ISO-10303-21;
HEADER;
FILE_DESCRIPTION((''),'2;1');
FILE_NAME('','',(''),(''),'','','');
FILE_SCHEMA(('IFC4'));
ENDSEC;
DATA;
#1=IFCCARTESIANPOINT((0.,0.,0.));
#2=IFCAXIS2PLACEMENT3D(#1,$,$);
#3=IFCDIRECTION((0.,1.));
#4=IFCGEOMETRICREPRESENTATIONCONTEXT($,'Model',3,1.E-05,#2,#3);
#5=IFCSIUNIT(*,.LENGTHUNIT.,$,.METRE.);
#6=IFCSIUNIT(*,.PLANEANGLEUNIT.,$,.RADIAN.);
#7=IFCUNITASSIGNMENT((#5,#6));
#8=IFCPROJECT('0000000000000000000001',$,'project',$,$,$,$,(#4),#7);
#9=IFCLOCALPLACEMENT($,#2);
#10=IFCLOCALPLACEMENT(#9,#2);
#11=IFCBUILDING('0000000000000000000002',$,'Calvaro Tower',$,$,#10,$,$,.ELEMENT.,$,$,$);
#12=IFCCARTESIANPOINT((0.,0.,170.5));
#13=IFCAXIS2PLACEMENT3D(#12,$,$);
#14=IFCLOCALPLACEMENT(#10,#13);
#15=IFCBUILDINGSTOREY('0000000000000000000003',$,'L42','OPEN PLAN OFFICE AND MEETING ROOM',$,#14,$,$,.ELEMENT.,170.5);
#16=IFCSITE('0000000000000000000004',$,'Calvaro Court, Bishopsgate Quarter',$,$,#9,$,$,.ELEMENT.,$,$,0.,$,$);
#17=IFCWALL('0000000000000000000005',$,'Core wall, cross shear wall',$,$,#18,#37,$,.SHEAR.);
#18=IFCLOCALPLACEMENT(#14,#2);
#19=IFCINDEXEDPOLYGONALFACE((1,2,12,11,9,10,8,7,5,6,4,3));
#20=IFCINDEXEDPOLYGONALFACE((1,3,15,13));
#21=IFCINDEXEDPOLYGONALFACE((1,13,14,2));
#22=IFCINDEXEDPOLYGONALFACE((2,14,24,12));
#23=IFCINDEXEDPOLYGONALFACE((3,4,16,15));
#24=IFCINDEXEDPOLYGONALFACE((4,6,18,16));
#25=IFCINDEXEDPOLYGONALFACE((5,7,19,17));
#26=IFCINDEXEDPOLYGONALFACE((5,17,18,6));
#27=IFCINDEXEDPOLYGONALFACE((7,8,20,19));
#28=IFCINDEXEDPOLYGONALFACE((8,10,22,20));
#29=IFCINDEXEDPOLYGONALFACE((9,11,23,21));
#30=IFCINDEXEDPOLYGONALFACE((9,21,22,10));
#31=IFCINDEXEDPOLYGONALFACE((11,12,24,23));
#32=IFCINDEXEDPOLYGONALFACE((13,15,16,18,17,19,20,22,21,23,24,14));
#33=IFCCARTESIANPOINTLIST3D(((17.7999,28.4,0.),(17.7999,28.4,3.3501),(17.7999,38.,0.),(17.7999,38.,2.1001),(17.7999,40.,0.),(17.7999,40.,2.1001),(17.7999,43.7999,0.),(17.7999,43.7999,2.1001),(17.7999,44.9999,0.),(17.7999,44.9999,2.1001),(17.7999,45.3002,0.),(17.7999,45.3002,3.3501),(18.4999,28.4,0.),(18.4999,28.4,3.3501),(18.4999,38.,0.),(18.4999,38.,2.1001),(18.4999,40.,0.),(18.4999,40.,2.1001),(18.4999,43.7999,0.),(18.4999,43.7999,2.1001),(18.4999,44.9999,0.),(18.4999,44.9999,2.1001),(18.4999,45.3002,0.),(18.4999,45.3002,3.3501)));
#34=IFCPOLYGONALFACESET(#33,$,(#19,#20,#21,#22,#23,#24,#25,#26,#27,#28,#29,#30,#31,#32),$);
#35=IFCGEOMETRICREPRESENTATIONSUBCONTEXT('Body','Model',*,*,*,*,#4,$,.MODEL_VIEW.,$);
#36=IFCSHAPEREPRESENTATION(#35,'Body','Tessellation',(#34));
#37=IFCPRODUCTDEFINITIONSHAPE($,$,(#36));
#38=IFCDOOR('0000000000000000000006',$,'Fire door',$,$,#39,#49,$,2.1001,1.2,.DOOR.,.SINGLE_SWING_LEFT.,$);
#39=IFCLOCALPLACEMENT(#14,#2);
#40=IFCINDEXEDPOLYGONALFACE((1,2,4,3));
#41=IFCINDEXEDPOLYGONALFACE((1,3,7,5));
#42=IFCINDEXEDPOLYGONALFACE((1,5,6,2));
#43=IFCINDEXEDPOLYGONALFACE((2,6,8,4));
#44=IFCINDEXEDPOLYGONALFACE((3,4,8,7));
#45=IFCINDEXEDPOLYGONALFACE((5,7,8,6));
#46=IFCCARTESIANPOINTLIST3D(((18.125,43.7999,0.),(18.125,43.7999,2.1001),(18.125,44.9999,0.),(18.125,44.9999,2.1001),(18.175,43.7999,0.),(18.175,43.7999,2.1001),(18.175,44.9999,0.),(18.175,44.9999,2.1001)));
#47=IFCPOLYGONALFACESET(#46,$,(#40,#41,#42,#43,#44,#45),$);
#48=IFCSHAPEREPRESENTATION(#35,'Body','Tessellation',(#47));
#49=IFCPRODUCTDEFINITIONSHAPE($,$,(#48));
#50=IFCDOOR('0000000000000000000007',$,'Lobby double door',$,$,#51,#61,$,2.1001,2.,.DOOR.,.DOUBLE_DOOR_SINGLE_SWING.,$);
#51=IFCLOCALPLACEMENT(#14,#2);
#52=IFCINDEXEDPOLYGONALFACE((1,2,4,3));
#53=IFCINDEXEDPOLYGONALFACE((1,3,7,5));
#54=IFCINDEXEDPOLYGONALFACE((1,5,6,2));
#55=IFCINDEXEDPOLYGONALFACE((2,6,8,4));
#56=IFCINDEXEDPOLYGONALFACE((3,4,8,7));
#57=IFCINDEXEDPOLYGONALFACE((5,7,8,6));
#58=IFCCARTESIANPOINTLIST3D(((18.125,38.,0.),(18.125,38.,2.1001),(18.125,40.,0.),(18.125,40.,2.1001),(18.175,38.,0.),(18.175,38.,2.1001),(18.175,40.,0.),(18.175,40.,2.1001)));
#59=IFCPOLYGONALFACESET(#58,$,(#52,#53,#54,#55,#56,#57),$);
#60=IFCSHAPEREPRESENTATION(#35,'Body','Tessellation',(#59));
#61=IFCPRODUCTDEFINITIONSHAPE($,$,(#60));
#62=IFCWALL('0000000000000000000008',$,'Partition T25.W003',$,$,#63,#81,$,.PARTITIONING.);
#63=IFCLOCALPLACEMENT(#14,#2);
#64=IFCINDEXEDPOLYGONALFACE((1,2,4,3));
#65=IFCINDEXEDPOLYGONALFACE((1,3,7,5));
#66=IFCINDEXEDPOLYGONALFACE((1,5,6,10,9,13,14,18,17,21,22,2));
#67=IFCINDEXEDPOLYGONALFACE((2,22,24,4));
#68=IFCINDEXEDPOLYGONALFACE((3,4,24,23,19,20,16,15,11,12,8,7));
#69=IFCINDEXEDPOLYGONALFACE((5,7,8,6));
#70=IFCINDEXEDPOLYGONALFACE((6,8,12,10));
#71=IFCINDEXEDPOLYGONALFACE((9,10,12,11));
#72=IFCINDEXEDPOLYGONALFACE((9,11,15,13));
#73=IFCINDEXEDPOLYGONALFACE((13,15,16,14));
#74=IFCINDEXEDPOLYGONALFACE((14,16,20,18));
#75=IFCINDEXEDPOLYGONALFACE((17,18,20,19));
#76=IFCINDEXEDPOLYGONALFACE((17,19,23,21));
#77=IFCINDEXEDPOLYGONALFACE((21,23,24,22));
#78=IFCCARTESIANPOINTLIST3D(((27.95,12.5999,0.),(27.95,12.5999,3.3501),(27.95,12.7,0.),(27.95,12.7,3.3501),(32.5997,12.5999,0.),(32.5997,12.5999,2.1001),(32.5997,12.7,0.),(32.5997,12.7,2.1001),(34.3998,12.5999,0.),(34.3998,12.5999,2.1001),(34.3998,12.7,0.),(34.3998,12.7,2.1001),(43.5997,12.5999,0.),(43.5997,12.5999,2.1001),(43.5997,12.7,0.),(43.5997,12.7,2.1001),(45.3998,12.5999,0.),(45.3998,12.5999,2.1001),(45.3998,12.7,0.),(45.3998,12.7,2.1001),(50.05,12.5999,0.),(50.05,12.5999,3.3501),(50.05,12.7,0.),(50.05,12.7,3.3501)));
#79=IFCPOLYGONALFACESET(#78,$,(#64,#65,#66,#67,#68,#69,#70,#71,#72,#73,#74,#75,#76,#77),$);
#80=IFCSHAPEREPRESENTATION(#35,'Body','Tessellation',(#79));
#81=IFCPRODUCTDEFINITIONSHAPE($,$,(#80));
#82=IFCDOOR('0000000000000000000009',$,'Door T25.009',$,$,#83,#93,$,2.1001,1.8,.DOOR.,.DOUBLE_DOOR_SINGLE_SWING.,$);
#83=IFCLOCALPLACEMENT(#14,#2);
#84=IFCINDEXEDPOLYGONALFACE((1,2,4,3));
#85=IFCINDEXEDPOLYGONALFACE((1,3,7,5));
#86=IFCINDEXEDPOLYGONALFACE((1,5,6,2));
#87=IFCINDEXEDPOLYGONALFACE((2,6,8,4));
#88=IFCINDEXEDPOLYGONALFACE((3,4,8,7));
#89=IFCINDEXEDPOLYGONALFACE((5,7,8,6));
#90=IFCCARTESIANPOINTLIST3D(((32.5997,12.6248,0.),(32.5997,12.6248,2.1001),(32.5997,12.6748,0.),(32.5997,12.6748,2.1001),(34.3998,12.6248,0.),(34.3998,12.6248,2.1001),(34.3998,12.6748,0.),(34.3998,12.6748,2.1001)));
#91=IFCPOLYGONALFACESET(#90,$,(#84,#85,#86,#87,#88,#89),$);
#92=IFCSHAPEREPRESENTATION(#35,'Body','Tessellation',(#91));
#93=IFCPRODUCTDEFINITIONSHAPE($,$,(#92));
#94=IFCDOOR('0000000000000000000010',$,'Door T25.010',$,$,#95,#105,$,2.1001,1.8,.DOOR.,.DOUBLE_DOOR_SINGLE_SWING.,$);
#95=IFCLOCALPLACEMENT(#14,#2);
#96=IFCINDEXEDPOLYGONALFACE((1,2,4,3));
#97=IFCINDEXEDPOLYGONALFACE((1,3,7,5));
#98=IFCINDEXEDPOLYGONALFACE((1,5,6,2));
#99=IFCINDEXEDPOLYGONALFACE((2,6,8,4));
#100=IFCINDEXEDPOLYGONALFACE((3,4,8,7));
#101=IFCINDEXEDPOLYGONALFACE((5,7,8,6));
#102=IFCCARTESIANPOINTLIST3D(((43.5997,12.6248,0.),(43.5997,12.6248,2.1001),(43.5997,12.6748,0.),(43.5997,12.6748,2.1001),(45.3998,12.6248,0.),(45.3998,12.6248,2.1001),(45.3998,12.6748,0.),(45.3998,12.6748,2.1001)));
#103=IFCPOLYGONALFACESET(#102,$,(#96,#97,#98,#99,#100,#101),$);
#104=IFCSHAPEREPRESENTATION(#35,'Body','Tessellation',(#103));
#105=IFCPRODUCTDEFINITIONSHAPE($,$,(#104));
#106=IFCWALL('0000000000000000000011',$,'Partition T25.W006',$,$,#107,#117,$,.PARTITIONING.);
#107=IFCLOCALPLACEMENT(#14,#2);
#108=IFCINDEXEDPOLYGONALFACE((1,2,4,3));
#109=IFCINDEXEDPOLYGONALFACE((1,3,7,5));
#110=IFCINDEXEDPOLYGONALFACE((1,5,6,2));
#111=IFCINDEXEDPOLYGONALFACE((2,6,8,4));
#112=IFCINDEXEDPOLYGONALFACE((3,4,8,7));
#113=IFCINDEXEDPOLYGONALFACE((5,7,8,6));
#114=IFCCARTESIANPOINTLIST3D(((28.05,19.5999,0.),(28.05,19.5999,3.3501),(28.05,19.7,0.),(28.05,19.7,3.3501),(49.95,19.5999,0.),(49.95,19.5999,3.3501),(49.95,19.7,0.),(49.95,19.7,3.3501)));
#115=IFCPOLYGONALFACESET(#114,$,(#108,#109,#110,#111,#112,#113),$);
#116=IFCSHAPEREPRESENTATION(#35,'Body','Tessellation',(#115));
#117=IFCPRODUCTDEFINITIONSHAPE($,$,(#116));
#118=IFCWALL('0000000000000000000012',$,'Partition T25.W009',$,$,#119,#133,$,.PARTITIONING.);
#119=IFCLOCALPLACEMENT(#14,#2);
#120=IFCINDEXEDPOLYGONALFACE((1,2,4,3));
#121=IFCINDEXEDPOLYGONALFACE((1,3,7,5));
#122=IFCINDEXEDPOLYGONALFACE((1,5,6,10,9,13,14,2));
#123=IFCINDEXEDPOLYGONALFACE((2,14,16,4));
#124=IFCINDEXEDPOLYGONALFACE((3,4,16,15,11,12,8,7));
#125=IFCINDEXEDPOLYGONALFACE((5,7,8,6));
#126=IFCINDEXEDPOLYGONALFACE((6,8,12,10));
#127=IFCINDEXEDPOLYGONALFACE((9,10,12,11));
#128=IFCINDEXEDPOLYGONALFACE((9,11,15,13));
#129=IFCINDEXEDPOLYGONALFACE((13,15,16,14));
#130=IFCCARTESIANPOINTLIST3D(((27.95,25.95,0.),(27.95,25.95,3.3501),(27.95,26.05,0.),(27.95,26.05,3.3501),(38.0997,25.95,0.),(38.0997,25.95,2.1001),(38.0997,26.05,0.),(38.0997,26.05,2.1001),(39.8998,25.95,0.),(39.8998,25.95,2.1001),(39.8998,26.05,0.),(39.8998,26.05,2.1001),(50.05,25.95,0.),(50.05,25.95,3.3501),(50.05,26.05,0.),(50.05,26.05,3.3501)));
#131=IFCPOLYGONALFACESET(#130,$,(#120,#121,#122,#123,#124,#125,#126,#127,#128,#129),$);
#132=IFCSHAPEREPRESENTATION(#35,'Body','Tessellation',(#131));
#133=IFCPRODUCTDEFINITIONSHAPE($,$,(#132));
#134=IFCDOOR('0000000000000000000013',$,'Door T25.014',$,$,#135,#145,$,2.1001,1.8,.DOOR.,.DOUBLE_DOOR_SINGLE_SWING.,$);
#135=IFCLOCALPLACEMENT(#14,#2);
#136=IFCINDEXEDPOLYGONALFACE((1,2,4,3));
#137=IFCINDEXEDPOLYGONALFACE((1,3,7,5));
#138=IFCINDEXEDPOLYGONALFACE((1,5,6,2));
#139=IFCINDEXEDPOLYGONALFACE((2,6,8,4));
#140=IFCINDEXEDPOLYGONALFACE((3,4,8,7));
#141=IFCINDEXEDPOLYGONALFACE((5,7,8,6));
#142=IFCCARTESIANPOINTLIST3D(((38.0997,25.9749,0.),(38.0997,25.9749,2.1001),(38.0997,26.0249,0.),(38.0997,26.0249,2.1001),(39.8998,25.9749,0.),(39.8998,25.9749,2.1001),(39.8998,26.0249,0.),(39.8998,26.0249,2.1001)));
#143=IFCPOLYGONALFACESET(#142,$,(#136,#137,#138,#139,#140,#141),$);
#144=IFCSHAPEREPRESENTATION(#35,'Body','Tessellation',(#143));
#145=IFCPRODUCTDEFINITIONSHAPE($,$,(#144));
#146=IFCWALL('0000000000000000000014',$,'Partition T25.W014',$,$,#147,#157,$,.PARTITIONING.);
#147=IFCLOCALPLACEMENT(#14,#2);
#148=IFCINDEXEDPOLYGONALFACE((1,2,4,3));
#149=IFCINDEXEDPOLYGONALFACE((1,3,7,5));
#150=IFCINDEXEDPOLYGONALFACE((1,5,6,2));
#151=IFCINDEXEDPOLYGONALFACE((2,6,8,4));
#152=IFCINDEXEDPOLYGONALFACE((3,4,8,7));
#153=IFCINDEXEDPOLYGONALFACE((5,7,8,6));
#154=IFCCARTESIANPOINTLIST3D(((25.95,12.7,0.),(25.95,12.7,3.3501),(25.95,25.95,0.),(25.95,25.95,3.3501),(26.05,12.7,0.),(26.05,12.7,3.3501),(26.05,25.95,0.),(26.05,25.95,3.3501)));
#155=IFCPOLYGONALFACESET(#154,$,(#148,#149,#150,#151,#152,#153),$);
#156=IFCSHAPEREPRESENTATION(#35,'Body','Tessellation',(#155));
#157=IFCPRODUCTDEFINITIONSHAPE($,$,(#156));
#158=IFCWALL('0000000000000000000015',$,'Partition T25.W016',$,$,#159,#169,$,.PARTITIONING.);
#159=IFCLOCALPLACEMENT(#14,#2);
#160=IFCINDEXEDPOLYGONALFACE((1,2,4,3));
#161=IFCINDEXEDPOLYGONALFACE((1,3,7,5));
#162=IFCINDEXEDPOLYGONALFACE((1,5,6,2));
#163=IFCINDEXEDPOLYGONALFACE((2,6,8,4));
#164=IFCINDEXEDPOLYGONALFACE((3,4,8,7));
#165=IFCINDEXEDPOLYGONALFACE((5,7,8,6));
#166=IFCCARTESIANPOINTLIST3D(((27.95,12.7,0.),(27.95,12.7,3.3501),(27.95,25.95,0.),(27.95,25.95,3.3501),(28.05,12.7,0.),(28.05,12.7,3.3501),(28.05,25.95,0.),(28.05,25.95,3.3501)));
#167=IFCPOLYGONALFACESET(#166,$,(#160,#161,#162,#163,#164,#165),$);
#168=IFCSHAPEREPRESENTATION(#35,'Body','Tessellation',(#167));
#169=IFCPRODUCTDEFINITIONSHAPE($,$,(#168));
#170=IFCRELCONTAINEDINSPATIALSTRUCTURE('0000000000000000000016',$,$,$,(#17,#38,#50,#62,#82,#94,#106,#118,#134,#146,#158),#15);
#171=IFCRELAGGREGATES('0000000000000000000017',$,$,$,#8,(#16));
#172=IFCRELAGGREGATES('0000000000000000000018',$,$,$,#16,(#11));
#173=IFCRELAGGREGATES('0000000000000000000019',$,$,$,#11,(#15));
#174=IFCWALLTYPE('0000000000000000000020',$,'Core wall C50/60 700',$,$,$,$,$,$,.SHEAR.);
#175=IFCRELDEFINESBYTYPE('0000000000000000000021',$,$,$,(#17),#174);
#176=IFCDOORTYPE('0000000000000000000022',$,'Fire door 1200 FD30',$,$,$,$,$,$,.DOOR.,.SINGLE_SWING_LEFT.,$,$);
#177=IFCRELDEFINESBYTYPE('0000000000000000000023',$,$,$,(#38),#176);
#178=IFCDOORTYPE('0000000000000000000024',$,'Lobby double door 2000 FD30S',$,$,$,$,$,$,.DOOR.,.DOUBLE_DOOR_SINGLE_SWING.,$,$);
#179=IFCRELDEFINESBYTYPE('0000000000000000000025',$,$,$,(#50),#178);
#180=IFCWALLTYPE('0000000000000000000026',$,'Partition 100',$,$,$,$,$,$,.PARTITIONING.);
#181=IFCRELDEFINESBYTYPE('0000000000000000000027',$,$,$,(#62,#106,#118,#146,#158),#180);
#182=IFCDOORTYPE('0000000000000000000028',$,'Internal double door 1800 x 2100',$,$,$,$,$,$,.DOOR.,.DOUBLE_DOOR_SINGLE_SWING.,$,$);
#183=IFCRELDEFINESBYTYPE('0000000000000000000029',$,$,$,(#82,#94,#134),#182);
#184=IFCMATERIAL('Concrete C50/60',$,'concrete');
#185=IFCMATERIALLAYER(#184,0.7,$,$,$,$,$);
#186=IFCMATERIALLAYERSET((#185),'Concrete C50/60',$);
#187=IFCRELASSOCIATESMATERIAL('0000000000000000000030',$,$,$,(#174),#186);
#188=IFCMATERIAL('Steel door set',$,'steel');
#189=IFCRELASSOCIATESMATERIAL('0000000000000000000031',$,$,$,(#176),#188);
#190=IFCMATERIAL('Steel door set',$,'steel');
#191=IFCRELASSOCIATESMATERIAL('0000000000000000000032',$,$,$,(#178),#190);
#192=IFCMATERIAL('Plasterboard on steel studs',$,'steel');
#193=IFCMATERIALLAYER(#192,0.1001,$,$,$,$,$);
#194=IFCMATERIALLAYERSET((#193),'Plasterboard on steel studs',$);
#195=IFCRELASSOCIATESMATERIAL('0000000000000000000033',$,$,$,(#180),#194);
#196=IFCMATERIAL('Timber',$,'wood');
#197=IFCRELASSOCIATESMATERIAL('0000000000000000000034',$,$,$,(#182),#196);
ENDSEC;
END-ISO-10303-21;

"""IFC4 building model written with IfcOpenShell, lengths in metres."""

from ifc_helpers import new_model, si_unit, direction, frame, frame_2d, origin, place, context, subcontext, project, spatial, rectangle, extrude, material, layer, layer_set, type_object, element, fill, save


model = new_model("IFC4")

# Units and contexts
model_context = context("Model", 3, precision=1e-05, world=origin(), true_north=direction((0.0, 1.0)))
body_context = subcontext(model_context, "Body", "Model", "MODEL_VIEW")
ifc_project = project(units=[si_unit("LENGTHUNIT", "METRE"), si_unit("PLANEANGLEUNIT", "RADIAN")], contexts=[model_context])

# Site, building, storey
site_placement = place(None, origin())
site = spatial("IfcSite", under=ifc_project, at=site_placement, Name="Calvaro Court, Bishopsgate Quarter", CompositionType="ELEMENT", RefElevation=0.0)
building_placement = place(site_placement, origin())
building = spatial("IfcBuilding", under=site, at=building_placement, Name="Calvaro Tower", CompositionType="ELEMENT")
storey_placement = place(building_placement, frame((0.0, 0.0, 170.5)))
storey = spatial("IfcBuildingStorey", under=building, at=storey_placement, Name="L42", Description="OPEN PLAN OFFICE AND MEETING ROOM", CompositionType="ELEMENT", Elevation=170.5)

# Walls, openings, doors
ifc_material_1 = material(Name="Concrete C50/60", Category="concrete")
ifc_layer_1 = layer(ifc_material_1, 0.7)
ifc_layer_set_1 = layer_set([ifc_layer_1], Name="Concrete C50/60")
wall_type_1 = type_object("IfcWallType", Name="Core wall C50/60 700", PredefinedType="SHEAR", material=ifc_layer_set_1)
wall_1_placement = place(storey_placement, frame((18.1499, 28.3999, 0.0), z_axis=(0.0, 0.0, 1.0), x_axis=(0.0, 1.0, 0.0)))
wall_1 = element("IfcWall", 1, at=wall_1_placement, inside=storey, type_object=wall_type_1, Name="Core wall, cross shear wall", PredefinedType="SHEAR", context=body_context, shape_type="SweptSolid", body=[
    extrude(rectangle(XDim=16.9001, YDim=0.7, at=frame_2d((8.4502, 0.0))), origin(), (0.0, 0.0, 1.0), 3.3501),
])
opening_1_placement = place(wall_1_placement, frame((9.6001, 0.0, 0.0)))
opening_1 = element("IfcOpeningElement", 2, at=opening_1_placement, cuts=wall_1, PredefinedType="OPENING", context=body_context, shape_type="SweptSolid", body=[
    extrude(rectangle(XDim=2.0, YDim=2.1001, at=frame_2d((1.0, 1.05))), frame((0.0, 0.3599, 0.0), z_axis=(0.0, -1.0, 0.0), x_axis=(1.0, 0.0, 0.0)), (0.0, 0.0, 1.0), 0.72),
])
opening_2_placement = place(wall_1_placement, frame((15.3999, 0.0, 0.0)))
opening_2 = element("IfcOpeningElement", 3, at=opening_2_placement, cuts=wall_1, PredefinedType="OPENING", context=body_context, shape_type="SweptSolid", body=[
    extrude(rectangle(XDim=1.2, YDim=2.1001, at=frame_2d((0.6001, 1.05))), frame((0.0, 0.3599, 0.0), z_axis=(0.0, -1.0, 0.0), x_axis=(1.0, 0.0, 0.0)), (0.0, 0.0, 1.0), 0.72),
])
ifc_material_2 = material(Name="Steel door set", Category="steel")
door_type_1 = type_object("IfcDoorType", Name="Fire door 1200 FD30", OperationType="SINGLE_SWING_LEFT", PredefinedType="DOOR", material=ifc_material_2)
door_1_placement = place(opening_2_placement, origin())
door_1 = element("IfcDoor", 4, at=door_1_placement, inside=storey, type_object=door_type_1, Name="Fire door", OperationType="SINGLE_SWING_LEFT", OverallHeight=2.1001, OverallWidth=1.2, PredefinedType="DOOR", context=body_context, shape_type="SweptSolid", body=[
    extrude(rectangle(XDim=1.2, YDim=2.1001, at=frame_2d((0.6001, 1.05))), frame((0.0, 0.0249, 0.0), z_axis=(0.0, -1.0, 0.0), x_axis=(1.0, 0.0, 0.0)), (0.0, 0.0, 1.0), 0.05),
])
fill(opening_2, door_1)
ifc_material_3 = material(Name="Steel door set", Category="steel")
door_type_2 = type_object("IfcDoorType", Name="Lobby double door 2000 FD30S", OperationType="DOUBLE_DOOR_SINGLE_SWING", PredefinedType="DOOR", material=ifc_material_3)
door_2_placement = place(opening_1_placement, origin())
door_2 = element("IfcDoor", 5, at=door_2_placement, inside=storey, type_object=door_type_2, Name="Lobby double door", OperationType="DOUBLE_DOOR_SINGLE_SWING", OverallHeight=2.1001, OverallWidth=2.0, PredefinedType="DOOR", context=body_context, shape_type="SweptSolid", body=[
    extrude(rectangle(XDim=2.0, YDim=2.1001, at=frame_2d((1.0, 1.05))), frame((0.0, 0.0249, 0.0), z_axis=(0.0, -1.0, 0.0), x_axis=(1.0, 0.0, 0.0)), (0.0, 0.0, 1.0), 0.05),
])
fill(opening_1, door_2)
ifc_material_4 = material(Name="Plasterboard on steel studs", Category="steel")
ifc_layer_2 = layer(ifc_material_4, 0.1001)
ifc_layer_set_2 = layer_set([ifc_layer_2], Name="Plasterboard on steel studs")
wall_type_2 = type_object("IfcWallType", Name="Partition 100", PredefinedType="PARTITIONING", material=ifc_layer_set_2)
wall_2_placement = place(storey_placement, frame((27.95, 12.6499, 0.0), z_axis=(0.0, 0.0, 1.0), x_axis=(1.0, 0.0, 0.0)))
wall_2 = element("IfcWall", 6, at=wall_2_placement, inside=storey, type_object=wall_type_2, Name="Partition T25.W003", PredefinedType="PARTITIONING", context=body_context, shape_type="SweptSolid", body=[
    extrude(rectangle(XDim=22.1001, YDim=0.1001, at=frame_2d((11.05, 0.0))), origin(), (0.0, 0.0, 1.0), 3.3501),
])
opening_3_placement = place(wall_2_placement, frame((4.6499, 0.0, 0.0)))
opening_3 = element("IfcOpeningElement", 7, at=opening_3_placement, cuts=wall_2, PredefinedType="OPENING", context=body_context, shape_type="SweptSolid", body=[
    extrude(rectangle(XDim=1.8, YDim=2.1001, at=frame_2d((0.8999, 1.05))), frame((0.0, 0.0601, 0.0), z_axis=(0.0, -1.0, 0.0), x_axis=(1.0, 0.0, 0.0)), (0.0, 0.0, 1.0), 0.1201),
])
opening_4_placement = place(wall_2_placement, frame((15.6499, 0.0, 0.0)))
opening_4 = element("IfcOpeningElement", 8, at=opening_4_placement, cuts=wall_2, PredefinedType="OPENING", context=body_context, shape_type="SweptSolid", body=[
    extrude(rectangle(XDim=1.8, YDim=2.1001, at=frame_2d((0.8999, 1.05))), frame((0.0, 0.0601, 0.0), z_axis=(0.0, -1.0, 0.0), x_axis=(1.0, 0.0, 0.0)), (0.0, 0.0, 1.0), 0.1201),
])
ifc_material_5 = material(Name="Timber", Category="wood")
door_type_3 = type_object("IfcDoorType", Name="Internal double door 1800 x 2100", OperationType="DOUBLE_DOOR_SINGLE_SWING", PredefinedType="DOOR", material=ifc_material_5)
door_3_placement = place(opening_3_placement, origin())
door_3 = element("IfcDoor", 9, at=door_3_placement, inside=storey, type_object=door_type_3, Name="Door T25.009", OperationType="DOUBLE_DOOR_SINGLE_SWING", OverallHeight=2.1001, OverallWidth=1.8, PredefinedType="DOOR", context=body_context, shape_type="SweptSolid", body=[
    extrude(rectangle(XDim=1.8, YDim=2.1001, at=frame_2d((0.8999, 1.05))), frame((0.0, 0.0249, 0.0), z_axis=(0.0, -1.0, 0.0), x_axis=(1.0, 0.0, 0.0)), (0.0, 0.0, 1.0), 0.05),
])
fill(opening_3, door_3)
door_4_placement = place(opening_4_placement, origin())
door_4 = element("IfcDoor", 10, at=door_4_placement, inside=storey, type_object=door_type_3, Name="Door T25.010", OperationType="DOUBLE_DOOR_SINGLE_SWING", OverallHeight=2.1001, OverallWidth=1.8, PredefinedType="DOOR", context=body_context, shape_type="SweptSolid", body=[
    extrude(rectangle(XDim=1.8, YDim=2.1001, at=frame_2d((0.8999, 1.05))), frame((0.0, 0.0249, 0.0), z_axis=(0.0, -1.0, 0.0), x_axis=(1.0, 0.0, 0.0)), (0.0, 0.0, 1.0), 0.05),
])
fill(opening_4, door_4)

# Wall
wall_3_placement = place(storey_placement, frame((28.05, 19.6499, 0.0), z_axis=(0.0, 0.0, 1.0), x_axis=(1.0, 0.0, 0.0)))
element("IfcWall", 11, at=wall_3_placement, inside=storey, type_object=wall_type_2, Name="Partition T25.W006", PredefinedType="PARTITIONING", context=body_context, shape_type="SweptSolid", body=[
    extrude(rectangle(XDim=21.8999, YDim=0.1001, at=frame_2d((10.95, 0.0))), origin(), (0.0, 0.0, 1.0), 3.3501),
])

# Wall, opening, door
wall_4_placement = place(storey_placement, frame((27.95, 26.0, 0.0), z_axis=(0.0, 0.0, 1.0), x_axis=(1.0, 0.0, 0.0)))
wall_4 = element("IfcWall", 12, at=wall_4_placement, inside=storey, type_object=wall_type_2, Name="Partition T25.W009", PredefinedType="PARTITIONING", context=body_context, shape_type="SweptSolid", body=[
    extrude(rectangle(XDim=22.1001, YDim=0.1001, at=frame_2d((11.05, 0.0))), origin(), (0.0, 0.0, 1.0), 3.3501),
])
opening_5_placement = place(wall_4_placement, frame((10.1499, 0.0, 0.0)))
opening_5 = element("IfcOpeningElement", 13, at=opening_5_placement, cuts=wall_4, PredefinedType="OPENING", context=body_context, shape_type="SweptSolid", body=[
    extrude(rectangle(XDim=1.8, YDim=2.1001, at=frame_2d((0.8999, 1.05))), frame((0.0, 0.0601, 0.0), z_axis=(0.0, -1.0, 0.0), x_axis=(1.0, 0.0, 0.0)), (0.0, 0.0, 1.0), 0.1201),
])
door_5_placement = place(opening_5_placement, origin())
door_5 = element("IfcDoor", 14, at=door_5_placement, inside=storey, type_object=door_type_3, Name="Door T25.014", OperationType="DOUBLE_DOOR_SINGLE_SWING", OverallHeight=2.1001, OverallWidth=1.8, PredefinedType="DOOR", context=body_context, shape_type="SweptSolid", body=[
    extrude(rectangle(XDim=1.8, YDim=2.1001, at=frame_2d((0.8999, 1.05))), frame((0.0, 0.0249, 0.0), z_axis=(0.0, -1.0, 0.0), x_axis=(1.0, 0.0, 0.0)), (0.0, 0.0, 1.0), 0.05),
])
fill(opening_5, door_5)

# Walls
for number, where, z_axis, x_axis, name in (
    (15, (26.0, 12.7, 0.0), (0.0, 0.0, 1.0), (0.0, 1.0, 0.0), "Partition T25.W014"),
    (16, (28.0, 12.7, 0.0), (0.0, 0.0, 1.0), (0.0, 1.0, 0.0), "Partition T25.W016"),
):
    element("IfcWall", number, at=place(storey_placement, frame(where, z_axis=z_axis, x_axis=x_axis)), inside=storey, type_object=wall_type_2, Name=name, PredefinedType="PARTITIONING", context=body_context, shape_type="SweptSolid", body=[
        extrude(rectangle(XDim=13.25, YDim=0.1001, at=frame_2d((6.625, 0.0))), origin(), (0.0, 0.0, 1.0), 3.3501),
    ])

save(model, "model.ifc")
